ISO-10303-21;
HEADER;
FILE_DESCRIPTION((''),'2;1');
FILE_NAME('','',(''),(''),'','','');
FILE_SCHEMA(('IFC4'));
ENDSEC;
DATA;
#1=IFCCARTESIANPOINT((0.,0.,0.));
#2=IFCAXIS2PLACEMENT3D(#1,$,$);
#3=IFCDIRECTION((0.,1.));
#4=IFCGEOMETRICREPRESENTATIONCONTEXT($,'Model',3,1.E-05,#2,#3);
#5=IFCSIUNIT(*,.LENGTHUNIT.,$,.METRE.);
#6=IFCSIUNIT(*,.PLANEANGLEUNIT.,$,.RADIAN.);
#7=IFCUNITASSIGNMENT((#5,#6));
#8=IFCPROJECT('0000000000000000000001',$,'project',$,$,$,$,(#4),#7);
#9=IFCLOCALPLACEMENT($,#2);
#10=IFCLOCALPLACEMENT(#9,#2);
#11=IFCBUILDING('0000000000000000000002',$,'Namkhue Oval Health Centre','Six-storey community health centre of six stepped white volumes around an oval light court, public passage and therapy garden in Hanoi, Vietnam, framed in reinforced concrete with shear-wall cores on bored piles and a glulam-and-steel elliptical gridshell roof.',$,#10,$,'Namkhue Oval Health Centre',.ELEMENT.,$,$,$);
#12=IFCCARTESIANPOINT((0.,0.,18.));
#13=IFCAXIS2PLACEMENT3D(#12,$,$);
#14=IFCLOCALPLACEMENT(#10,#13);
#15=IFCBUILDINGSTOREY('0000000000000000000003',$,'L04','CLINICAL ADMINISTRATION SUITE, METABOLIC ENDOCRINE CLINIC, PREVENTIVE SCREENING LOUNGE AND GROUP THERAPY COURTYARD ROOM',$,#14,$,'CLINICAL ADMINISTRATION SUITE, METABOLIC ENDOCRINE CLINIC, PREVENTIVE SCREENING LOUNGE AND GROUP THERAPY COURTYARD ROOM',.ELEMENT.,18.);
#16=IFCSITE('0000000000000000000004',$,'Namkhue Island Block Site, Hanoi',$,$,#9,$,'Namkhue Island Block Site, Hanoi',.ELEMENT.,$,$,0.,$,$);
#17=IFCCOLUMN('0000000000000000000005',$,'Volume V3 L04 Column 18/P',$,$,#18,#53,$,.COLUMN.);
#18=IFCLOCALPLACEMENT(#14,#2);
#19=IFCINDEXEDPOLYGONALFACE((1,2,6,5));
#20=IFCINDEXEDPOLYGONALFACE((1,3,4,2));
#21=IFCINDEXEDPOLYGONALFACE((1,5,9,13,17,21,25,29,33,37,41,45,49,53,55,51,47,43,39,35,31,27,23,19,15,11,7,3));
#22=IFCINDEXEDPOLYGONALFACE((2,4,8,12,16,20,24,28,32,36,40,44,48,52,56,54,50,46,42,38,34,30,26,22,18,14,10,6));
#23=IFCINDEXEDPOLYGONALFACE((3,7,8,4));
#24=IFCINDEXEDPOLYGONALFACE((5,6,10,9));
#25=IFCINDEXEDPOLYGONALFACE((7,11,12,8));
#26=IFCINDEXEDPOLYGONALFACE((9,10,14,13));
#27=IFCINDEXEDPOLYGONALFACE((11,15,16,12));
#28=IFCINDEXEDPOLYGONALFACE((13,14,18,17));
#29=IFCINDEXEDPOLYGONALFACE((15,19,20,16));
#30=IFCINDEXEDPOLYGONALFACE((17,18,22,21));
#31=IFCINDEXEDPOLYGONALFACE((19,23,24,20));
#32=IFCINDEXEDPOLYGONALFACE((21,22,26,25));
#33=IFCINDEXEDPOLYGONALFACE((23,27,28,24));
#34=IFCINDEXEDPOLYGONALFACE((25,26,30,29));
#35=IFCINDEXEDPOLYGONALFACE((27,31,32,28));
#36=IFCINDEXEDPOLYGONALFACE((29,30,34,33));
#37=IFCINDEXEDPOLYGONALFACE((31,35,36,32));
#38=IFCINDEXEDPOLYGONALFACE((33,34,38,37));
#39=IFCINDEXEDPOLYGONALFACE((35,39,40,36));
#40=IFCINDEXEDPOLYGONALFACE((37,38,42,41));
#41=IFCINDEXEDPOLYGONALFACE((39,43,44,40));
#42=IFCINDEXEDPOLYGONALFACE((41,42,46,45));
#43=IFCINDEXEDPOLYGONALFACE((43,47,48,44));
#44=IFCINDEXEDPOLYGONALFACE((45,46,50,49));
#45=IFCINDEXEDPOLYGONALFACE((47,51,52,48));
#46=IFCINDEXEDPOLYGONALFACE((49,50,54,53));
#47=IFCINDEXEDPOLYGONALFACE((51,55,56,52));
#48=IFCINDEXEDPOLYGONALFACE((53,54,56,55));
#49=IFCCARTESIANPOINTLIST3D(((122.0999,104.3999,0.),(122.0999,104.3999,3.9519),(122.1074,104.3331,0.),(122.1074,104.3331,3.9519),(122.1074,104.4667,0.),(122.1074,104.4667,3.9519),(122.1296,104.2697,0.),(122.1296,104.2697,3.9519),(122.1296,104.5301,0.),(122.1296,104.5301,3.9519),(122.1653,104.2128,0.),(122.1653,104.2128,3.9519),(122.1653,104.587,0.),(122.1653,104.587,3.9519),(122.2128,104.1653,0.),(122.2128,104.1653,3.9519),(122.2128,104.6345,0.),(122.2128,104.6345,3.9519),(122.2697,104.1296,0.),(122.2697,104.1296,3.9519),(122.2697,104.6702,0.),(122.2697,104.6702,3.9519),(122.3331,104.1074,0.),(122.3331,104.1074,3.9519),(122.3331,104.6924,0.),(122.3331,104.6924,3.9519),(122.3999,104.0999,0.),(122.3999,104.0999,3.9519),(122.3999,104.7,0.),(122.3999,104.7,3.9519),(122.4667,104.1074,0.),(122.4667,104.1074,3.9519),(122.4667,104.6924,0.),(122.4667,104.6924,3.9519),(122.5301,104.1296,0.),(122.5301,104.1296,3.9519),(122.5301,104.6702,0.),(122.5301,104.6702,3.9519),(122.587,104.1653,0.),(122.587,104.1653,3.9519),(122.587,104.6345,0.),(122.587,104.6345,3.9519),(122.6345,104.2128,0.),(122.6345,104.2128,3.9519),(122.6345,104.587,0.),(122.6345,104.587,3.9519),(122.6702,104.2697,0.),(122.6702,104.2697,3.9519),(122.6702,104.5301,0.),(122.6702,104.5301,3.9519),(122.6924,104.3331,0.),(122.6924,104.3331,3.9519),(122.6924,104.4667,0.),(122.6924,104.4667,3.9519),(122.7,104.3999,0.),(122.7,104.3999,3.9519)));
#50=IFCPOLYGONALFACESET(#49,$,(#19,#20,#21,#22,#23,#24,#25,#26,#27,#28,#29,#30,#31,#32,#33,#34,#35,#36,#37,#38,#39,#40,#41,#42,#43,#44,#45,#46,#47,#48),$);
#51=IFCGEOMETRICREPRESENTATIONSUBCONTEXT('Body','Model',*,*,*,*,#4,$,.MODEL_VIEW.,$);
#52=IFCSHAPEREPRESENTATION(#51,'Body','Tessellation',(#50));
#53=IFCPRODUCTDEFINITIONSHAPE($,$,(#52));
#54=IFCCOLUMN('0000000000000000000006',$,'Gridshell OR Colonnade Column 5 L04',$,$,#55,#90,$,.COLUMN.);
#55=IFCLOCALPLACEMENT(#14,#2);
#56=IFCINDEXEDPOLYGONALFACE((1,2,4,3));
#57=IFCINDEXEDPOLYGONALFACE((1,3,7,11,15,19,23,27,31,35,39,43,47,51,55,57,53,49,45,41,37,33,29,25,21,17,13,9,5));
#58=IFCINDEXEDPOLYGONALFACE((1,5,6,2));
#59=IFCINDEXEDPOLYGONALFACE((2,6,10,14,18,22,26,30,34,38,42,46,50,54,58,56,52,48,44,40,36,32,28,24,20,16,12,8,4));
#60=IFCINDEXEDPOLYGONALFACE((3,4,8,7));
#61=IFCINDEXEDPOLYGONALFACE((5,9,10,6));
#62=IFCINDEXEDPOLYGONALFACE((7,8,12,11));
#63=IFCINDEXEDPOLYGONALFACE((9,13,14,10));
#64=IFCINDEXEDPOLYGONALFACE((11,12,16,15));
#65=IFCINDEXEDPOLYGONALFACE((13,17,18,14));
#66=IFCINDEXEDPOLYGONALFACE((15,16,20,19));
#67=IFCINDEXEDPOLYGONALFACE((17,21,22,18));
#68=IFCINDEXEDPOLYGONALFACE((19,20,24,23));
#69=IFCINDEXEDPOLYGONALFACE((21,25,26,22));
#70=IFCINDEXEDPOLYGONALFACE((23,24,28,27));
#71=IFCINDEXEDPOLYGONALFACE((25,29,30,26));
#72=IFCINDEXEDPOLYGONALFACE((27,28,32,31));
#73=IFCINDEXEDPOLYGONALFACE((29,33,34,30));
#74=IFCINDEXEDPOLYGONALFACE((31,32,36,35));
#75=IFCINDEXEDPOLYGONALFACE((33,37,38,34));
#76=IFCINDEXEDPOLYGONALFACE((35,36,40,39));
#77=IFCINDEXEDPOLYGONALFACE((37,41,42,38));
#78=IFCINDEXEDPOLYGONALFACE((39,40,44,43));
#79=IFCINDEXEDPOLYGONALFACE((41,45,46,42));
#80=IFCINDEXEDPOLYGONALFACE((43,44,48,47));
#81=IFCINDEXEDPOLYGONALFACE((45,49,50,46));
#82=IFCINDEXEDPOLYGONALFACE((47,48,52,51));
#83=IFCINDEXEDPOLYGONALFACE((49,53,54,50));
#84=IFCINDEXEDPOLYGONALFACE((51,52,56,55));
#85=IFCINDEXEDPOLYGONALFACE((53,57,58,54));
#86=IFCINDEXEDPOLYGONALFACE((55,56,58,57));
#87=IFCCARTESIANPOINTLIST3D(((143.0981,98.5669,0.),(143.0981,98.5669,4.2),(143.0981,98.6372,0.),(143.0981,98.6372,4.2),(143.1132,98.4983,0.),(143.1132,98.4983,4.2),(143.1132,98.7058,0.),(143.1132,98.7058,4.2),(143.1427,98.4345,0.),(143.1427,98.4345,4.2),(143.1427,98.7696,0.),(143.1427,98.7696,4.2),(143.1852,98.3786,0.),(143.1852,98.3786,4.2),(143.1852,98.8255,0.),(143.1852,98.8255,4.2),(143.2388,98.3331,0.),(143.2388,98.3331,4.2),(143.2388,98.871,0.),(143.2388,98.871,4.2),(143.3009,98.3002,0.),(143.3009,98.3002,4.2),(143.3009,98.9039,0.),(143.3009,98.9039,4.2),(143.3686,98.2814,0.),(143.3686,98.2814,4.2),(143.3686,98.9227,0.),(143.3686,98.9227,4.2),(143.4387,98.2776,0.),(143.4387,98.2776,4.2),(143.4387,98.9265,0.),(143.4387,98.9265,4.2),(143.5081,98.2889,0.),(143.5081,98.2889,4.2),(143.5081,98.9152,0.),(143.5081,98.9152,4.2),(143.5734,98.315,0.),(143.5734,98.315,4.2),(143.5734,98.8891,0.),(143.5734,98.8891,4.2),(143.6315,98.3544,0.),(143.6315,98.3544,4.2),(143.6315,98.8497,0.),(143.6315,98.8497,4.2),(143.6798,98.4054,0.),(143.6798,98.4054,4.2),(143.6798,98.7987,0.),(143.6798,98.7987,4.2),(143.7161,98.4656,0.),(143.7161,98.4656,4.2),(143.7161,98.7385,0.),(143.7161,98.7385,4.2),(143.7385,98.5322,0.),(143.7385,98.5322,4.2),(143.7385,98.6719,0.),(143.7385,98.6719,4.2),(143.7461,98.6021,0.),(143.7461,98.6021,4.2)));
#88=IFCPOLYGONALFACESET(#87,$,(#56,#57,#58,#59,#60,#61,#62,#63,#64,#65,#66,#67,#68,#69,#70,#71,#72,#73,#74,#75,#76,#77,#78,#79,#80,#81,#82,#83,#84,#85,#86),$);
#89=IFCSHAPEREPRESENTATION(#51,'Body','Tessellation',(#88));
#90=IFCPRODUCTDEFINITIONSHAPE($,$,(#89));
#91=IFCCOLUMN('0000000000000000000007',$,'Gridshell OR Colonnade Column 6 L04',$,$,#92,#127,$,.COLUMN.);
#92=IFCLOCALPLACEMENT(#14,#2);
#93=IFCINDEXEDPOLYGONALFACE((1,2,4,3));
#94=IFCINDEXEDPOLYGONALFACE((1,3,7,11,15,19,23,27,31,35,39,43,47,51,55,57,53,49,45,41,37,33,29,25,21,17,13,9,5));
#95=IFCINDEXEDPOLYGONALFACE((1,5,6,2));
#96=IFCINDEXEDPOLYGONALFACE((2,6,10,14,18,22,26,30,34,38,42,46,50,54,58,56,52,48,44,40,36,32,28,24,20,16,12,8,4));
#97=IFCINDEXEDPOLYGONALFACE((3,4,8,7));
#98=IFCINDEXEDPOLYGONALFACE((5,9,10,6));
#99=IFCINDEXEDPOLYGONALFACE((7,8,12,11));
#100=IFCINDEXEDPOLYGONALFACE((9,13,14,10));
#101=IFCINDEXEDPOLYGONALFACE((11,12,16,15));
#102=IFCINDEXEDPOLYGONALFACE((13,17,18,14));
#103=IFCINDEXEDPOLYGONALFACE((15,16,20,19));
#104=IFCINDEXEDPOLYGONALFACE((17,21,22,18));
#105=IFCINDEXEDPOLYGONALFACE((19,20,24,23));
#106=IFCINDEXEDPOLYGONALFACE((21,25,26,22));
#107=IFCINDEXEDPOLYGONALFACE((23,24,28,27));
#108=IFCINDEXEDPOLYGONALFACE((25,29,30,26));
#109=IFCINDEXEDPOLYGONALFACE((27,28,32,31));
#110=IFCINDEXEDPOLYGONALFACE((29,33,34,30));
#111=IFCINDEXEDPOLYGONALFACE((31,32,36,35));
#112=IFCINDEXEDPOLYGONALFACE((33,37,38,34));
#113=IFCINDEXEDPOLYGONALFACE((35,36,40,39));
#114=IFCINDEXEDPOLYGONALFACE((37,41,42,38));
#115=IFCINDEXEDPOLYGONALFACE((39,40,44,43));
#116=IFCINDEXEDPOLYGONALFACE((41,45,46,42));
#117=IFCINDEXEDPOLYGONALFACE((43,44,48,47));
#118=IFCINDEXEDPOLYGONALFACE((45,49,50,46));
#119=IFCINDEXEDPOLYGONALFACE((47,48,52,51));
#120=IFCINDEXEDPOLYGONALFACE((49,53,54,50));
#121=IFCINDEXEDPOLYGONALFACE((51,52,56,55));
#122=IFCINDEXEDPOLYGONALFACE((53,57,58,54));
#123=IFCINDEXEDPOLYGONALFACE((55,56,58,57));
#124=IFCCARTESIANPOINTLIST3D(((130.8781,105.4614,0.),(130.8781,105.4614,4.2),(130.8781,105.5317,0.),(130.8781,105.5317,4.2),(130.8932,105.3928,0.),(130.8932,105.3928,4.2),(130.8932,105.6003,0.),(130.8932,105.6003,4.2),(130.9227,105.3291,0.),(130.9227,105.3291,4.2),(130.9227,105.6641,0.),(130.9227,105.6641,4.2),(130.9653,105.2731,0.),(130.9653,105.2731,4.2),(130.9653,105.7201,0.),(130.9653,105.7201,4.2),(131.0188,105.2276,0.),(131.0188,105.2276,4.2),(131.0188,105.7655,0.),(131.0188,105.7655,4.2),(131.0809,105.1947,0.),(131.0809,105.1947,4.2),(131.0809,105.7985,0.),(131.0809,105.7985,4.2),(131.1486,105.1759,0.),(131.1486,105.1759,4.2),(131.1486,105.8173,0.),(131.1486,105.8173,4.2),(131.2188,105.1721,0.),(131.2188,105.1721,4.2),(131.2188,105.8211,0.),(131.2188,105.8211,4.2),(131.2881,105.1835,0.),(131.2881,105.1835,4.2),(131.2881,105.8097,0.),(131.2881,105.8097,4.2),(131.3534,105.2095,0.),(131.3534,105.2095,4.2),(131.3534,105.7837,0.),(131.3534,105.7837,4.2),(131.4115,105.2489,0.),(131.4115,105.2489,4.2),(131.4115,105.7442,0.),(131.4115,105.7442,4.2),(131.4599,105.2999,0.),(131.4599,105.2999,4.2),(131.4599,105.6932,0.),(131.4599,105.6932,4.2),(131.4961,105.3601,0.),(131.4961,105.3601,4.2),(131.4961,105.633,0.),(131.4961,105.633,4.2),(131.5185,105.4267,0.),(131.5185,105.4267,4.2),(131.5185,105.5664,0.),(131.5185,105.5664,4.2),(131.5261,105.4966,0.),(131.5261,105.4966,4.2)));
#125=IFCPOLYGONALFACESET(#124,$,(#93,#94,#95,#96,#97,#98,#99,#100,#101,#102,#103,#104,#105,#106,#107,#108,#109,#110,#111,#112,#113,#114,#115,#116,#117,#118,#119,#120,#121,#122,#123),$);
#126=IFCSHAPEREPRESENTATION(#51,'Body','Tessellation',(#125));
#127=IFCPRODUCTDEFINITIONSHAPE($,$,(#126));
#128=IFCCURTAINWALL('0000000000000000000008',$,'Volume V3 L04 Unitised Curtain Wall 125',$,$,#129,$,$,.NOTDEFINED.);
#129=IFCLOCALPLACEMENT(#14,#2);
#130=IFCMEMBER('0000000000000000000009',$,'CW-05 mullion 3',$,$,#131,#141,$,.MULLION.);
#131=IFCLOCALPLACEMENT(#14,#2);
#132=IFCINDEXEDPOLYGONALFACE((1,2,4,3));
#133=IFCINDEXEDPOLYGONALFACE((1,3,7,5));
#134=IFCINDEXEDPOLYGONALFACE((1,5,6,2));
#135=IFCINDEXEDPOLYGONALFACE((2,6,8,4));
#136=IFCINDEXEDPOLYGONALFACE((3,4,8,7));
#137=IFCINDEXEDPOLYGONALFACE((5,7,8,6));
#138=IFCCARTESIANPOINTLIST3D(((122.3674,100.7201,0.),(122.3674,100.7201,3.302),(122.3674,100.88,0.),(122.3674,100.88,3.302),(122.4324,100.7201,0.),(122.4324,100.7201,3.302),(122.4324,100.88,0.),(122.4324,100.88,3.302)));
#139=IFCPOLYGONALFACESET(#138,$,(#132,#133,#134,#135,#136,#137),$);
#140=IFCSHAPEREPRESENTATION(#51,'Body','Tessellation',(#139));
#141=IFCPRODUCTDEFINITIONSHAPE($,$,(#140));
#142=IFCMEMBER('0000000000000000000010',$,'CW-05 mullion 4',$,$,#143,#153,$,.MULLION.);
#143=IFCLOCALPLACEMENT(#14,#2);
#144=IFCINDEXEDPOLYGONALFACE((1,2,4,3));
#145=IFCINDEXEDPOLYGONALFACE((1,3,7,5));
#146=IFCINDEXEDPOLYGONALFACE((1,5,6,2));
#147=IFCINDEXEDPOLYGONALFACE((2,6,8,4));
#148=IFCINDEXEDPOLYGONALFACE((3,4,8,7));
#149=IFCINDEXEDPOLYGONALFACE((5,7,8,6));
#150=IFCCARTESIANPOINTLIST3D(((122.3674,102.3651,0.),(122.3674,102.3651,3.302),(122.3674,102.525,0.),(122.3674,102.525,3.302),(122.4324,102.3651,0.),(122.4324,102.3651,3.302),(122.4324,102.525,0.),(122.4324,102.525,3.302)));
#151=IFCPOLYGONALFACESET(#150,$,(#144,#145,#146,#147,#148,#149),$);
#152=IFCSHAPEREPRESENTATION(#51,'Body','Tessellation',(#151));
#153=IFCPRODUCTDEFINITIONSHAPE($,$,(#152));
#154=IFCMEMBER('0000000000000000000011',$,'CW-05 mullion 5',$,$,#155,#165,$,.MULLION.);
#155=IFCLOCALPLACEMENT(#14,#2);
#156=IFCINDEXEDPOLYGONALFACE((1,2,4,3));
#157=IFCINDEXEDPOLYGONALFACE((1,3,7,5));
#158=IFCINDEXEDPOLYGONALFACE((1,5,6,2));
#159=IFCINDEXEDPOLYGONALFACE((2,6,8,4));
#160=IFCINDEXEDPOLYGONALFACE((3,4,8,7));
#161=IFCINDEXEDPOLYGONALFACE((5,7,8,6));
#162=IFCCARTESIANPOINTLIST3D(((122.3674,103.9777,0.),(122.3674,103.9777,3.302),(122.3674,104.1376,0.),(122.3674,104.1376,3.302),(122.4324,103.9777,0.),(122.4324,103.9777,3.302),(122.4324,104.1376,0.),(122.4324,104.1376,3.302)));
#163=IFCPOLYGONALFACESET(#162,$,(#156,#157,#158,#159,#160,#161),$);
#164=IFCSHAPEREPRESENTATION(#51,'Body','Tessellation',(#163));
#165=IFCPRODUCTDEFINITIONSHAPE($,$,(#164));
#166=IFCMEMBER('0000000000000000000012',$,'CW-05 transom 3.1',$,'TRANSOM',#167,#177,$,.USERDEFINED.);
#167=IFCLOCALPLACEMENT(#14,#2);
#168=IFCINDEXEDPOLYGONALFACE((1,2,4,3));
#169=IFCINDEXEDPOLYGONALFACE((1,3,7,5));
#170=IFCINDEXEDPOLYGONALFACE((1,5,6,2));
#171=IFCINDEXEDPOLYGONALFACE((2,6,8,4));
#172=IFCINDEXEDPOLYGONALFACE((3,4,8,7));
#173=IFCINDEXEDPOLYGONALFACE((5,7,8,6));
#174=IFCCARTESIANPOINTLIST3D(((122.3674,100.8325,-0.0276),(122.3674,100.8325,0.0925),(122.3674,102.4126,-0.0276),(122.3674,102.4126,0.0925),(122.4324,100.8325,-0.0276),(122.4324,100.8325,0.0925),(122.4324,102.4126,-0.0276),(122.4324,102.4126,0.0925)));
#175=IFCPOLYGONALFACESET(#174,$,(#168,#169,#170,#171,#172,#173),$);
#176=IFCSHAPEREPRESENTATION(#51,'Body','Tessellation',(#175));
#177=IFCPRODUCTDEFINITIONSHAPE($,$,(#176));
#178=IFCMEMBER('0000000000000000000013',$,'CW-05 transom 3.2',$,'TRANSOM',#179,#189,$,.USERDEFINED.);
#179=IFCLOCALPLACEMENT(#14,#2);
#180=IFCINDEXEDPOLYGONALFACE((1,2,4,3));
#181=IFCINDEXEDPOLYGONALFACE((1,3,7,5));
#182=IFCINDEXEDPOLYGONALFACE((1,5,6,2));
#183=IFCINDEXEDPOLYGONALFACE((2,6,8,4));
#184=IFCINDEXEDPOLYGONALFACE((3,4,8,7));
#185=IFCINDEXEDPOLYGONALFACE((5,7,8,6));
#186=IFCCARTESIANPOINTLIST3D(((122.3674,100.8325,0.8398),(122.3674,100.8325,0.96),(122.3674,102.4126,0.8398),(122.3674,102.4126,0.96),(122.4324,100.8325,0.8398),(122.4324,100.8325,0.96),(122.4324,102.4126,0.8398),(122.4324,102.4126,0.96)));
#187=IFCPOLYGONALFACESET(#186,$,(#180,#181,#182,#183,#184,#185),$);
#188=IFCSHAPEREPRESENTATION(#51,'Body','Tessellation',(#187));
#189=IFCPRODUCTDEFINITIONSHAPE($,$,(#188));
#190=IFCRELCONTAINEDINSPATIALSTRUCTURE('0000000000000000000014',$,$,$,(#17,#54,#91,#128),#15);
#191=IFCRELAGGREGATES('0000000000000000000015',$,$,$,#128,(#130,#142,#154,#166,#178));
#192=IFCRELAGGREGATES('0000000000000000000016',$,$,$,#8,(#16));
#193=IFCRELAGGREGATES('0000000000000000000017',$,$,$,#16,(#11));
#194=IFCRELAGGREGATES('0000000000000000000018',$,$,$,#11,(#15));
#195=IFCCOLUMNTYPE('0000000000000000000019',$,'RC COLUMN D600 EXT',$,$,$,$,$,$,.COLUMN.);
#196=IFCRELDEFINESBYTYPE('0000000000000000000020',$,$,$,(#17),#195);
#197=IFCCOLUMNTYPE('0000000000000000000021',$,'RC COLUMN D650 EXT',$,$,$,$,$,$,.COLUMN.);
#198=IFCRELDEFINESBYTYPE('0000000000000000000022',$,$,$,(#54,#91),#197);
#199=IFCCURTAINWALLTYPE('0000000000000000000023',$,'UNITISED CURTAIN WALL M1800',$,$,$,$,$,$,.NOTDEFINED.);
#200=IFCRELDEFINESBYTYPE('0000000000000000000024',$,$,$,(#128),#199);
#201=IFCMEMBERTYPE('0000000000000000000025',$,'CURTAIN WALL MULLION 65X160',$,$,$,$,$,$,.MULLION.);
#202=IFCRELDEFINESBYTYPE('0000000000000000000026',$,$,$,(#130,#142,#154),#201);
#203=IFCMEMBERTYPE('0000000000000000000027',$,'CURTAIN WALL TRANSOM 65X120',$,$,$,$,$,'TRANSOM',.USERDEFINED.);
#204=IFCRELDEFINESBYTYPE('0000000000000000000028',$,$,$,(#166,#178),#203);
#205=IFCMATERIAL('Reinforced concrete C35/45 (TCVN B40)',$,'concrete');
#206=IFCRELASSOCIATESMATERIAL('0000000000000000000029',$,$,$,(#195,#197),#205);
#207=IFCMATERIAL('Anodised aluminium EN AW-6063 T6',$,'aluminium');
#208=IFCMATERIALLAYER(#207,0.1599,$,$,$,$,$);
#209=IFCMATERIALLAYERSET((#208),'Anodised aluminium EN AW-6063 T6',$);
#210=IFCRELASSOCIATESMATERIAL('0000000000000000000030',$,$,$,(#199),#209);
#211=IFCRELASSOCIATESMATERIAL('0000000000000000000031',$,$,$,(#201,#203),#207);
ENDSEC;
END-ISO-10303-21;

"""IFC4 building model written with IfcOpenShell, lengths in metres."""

from ifc_helpers import new_model, si_unit, direction, frame, origin, origin_2d, place, context, subcontext, project, spatial, rectangle, circle, extrude, material, layer, layer_set, material_profile, profile_set, type_object, element, aggregate, save


model = new_model("IFC4")

# Units and contexts
model_context = context("Model", 3, precision=1e-05, world=origin(), true_north=direction((0.0, 1.0)))
body_context = subcontext(model_context, "Body", "Model", "MODEL_VIEW")
ifc_project = project(units=[si_unit("LENGTHUNIT", "METRE"), si_unit("PLANEANGLEUNIT", "RADIAN")], contexts=[model_context])

# Site, building, storey
site_placement = place(None, origin())
site = spatial("IfcSite", under=ifc_project, at=site_placement, Name="Namkhue Island Block Site, Hanoi", LongName="Namkhue Island Block Site, Hanoi", CompositionType="ELEMENT", RefElevation=0.0)
building_placement = place(site_placement, origin())
building = spatial("IfcBuilding", under=site, at=building_placement, Name="Namkhue Oval Health Centre", Description="Six-storey community health centre of six stepped white volumes around an oval light court, public passage and therapy garden in Hanoi, Vietnam, framed in reinforced concrete with shear-wall cores on bored piles and a glulam-and-steel elliptical gridshell roof.", LongName="Namkhue Oval Health Centre", CompositionType="ELEMENT")
storey_placement = place(building_placement, frame((0.0, 0.0, 18.0)))
storey = spatial("IfcBuildingStorey", under=building, at=storey_placement, Name="L04", Description="CLINICAL ADMINISTRATION SUITE, METABOLIC ENDOCRINE CLINIC, PREVENTIVE SCREENING LOUNGE AND GROUP THERAPY COURTYARD ROOM", LongName="CLINICAL ADMINISTRATION SUITE, METABOLIC ENDOCRINE CLINIC, PREVENTIVE SCREENING LOUNGE AND GROUP THERAPY COURTYARD ROOM", CompositionType="ELEMENT", Elevation=18.0)

# Columns
ifc_material_1 = material(Name="Reinforced concrete C35/45 (TCVN B40)", Category="concrete")
ifc_material_profile_1 = material_profile(ifc_material_1, circle(Radius=0.3, at=origin_2d()), Name="RC D600")
ifc_profile_set_1 = profile_set([ifc_material_profile_1], Name="Reinforced concrete C35/45 (TCVN B40)")
column_type_1 = type_object("IfcColumnType", Name="RC COLUMN D600 EXT", PredefinedType="COLUMN", material=ifc_profile_set_1)
column_placement = place(storey_placement, frame((122.3999, 104.3999, 0.0), z_axis=(0.0, 0.0, 1.0), x_axis=(1.0, 0.0, 0.0)))
element("IfcColumn", 1, at=column_placement, inside=storey, type_object=column_type_1, Name="Volume V3 L04 Column 18/P", PredefinedType="COLUMN", context=body_context, shape_type="SweptSolid", body=[
    extrude(circle(Radius=0.3, at=origin_2d()), origin(), (0.0, 0.0, 1.0), 3.9519),
])
ifc_material_profile_2 = material_profile(ifc_material_1, circle(Radius=0.325, at=origin_2d()), Name="RC D650")
ifc_profile_set_2 = profile_set([ifc_material_profile_2], Name="Reinforced concrete C35/45 (TCVN B40)")
column_type_2 = type_object("IfcColumnType", Name="RC COLUMN D650 EXT", PredefinedType="COLUMN", material=ifc_profile_set_2)
for number, where, z_axis, x_axis, name in (
    (2, (143.4211, 98.6021, 0.0), (0.0, 0.0, 1.0), (1.0, 0.0, 0.0), "Gridshell OR Colonnade Column 5 L04"),
    (3, (131.2012, 105.4966, 0.0), (0.0, 0.0, 1.0), (1.0, 0.0, 0.0), "Gridshell OR Colonnade Column 6 L04"),
):
    element("IfcColumn", number, at=place(storey_placement, frame(where, z_axis=z_axis, x_axis=x_axis)), inside=storey, type_object=column_type_2, Name=name, PredefinedType="COLUMN", context=body_context, shape_type="SweptSolid", body=[
        extrude(circle(Radius=0.325, at=origin_2d()), origin(), (0.0, 0.0, 1.0), 4.2),
    ])

# Curtain wall, members
ifc_material_2 = material(Name="Anodised aluminium EN AW-6063 T6", Category="aluminium")
ifc_layer_1 = layer(ifc_material_2, 0.1599)
ifc_layer_set_1 = layer_set([ifc_layer_1], Name="Anodised aluminium EN AW-6063 T6")
curtain_wall_type = type_object("IfcCurtainWallType", Name="UNITISED CURTAIN WALL M1800", PredefinedType="NOTDEFINED", material=ifc_layer_set_1)
curtain_wall_placement = place(storey_placement, origin())
curtain_wall = element("IfcCurtainWall", 4, at=curtain_wall_placement, inside=storey, type_object=curtain_wall_type, Name="Volume V3 L04 Unitised Curtain Wall 125", PredefinedType="NOTDEFINED")
ifc_material_profile_3 = material_profile(ifc_material_2, rectangle(XDim=0.0649, YDim=0.1599, at=origin_2d()), Name="ALU 65x160")
ifc_profile_set_3 = profile_set([ifc_material_profile_3], Name="Anodised aluminium EN AW-6063 T6")
member_type_1 = type_object("IfcMemberType", Name="CURTAIN WALL MULLION 65X160", PredefinedType="MULLION", material=ifc_profile_set_3)
member_1_placement = place(storey_placement, frame((122.3999, 100.8, 0.0), z_axis=(0.0, 0.0, 1.0), x_axis=(-1.0, 0.0, 0.0)))
member_1 = element("IfcMember", 5, at=member_1_placement, type_object=member_type_1, Name="CW-05 mullion 3", PredefinedType="MULLION", context=body_context, shape_type="SweptSolid", body=[
    extrude(rectangle(XDim=0.0649, YDim=0.1599, at=origin_2d()), origin(), (0.0, 0.0, 1.0), 3.302),
])
member_2_placement = place(storey_placement, frame((122.3999, 102.4451, 0.0), z_axis=(0.0, 0.0, 1.0), x_axis=(-1.0, 0.0, 0.0)))
member_2 = element("IfcMember", 6, at=member_2_placement, type_object=member_type_1, Name="CW-05 mullion 4", PredefinedType="MULLION", context=body_context, shape_type="SweptSolid", body=[
    extrude(rectangle(XDim=0.0649, YDim=0.1599, at=origin_2d()), origin(), (0.0, 0.0, 1.0), 3.302),
])
member_3_placement = place(storey_placement, frame((122.3999, 104.0576, 0.0), z_axis=(0.0, 0.0, 1.0), x_axis=(-1.0, 0.0, 0.0)))
member_3 = element("IfcMember", 7, at=member_3_placement, type_object=member_type_1, Name="CW-05 mullion 5", PredefinedType="MULLION", context=body_context, shape_type="SweptSolid", body=[
    extrude(rectangle(XDim=0.0649, YDim=0.1599, at=origin_2d()), origin(), (0.0, 0.0, 1.0), 3.302),
])
ifc_material_profile_4 = material_profile(ifc_material_2, rectangle(XDim=0.0649, YDim=0.1201, at=origin_2d()), Name="ALU 65x120")
ifc_profile_set_4 = profile_set([ifc_material_profile_4], Name="Anodised aluminium EN AW-6063 T6")
member_type_2 = type_object("IfcMemberType", Name="CURTAIN WALL TRANSOM 65X120", ElementType="TRANSOM", PredefinedType="USERDEFINED", material=ifc_profile_set_4)
member_4_placement = place(storey_placement, frame((122.3999, 100.8325, 0.0325), z_axis=(0.0, 1.0, 0.0), x_axis=(-1.0, 0.0, 0.0)))
member_4 = element("IfcMember", 8, at=member_4_placement, type_object=member_type_2, Name="CW-05 transom 3.1", ObjectType="TRANSOM", PredefinedType="USERDEFINED", context=body_context, shape_type="SweptSolid", body=[
    extrude(rectangle(XDim=0.0649, YDim=0.1201, at=origin_2d()), origin(), (0.0, 0.0, 1.0), 1.5801),
])
member_5_placement = place(storey_placement, frame((122.3999, 100.8325, 0.8999), z_axis=(0.0, 1.0, 0.0), x_axis=(-1.0, 0.0, 0.0)))
member_5 = element("IfcMember", 9, at=member_5_placement, type_object=member_type_2, Name="CW-05 transom 3.2", ObjectType="TRANSOM", PredefinedType="USERDEFINED", context=body_context, shape_type="SweptSolid", body=[
    extrude(rectangle(XDim=0.0649, YDim=0.1201, at=origin_2d()), origin(), (0.0, 0.0, 1.0), 1.5801),
])
aggregate(curtain_wall, [member_1, member_2, member_3, member_4, member_5])

save(model, "model.ifc")
